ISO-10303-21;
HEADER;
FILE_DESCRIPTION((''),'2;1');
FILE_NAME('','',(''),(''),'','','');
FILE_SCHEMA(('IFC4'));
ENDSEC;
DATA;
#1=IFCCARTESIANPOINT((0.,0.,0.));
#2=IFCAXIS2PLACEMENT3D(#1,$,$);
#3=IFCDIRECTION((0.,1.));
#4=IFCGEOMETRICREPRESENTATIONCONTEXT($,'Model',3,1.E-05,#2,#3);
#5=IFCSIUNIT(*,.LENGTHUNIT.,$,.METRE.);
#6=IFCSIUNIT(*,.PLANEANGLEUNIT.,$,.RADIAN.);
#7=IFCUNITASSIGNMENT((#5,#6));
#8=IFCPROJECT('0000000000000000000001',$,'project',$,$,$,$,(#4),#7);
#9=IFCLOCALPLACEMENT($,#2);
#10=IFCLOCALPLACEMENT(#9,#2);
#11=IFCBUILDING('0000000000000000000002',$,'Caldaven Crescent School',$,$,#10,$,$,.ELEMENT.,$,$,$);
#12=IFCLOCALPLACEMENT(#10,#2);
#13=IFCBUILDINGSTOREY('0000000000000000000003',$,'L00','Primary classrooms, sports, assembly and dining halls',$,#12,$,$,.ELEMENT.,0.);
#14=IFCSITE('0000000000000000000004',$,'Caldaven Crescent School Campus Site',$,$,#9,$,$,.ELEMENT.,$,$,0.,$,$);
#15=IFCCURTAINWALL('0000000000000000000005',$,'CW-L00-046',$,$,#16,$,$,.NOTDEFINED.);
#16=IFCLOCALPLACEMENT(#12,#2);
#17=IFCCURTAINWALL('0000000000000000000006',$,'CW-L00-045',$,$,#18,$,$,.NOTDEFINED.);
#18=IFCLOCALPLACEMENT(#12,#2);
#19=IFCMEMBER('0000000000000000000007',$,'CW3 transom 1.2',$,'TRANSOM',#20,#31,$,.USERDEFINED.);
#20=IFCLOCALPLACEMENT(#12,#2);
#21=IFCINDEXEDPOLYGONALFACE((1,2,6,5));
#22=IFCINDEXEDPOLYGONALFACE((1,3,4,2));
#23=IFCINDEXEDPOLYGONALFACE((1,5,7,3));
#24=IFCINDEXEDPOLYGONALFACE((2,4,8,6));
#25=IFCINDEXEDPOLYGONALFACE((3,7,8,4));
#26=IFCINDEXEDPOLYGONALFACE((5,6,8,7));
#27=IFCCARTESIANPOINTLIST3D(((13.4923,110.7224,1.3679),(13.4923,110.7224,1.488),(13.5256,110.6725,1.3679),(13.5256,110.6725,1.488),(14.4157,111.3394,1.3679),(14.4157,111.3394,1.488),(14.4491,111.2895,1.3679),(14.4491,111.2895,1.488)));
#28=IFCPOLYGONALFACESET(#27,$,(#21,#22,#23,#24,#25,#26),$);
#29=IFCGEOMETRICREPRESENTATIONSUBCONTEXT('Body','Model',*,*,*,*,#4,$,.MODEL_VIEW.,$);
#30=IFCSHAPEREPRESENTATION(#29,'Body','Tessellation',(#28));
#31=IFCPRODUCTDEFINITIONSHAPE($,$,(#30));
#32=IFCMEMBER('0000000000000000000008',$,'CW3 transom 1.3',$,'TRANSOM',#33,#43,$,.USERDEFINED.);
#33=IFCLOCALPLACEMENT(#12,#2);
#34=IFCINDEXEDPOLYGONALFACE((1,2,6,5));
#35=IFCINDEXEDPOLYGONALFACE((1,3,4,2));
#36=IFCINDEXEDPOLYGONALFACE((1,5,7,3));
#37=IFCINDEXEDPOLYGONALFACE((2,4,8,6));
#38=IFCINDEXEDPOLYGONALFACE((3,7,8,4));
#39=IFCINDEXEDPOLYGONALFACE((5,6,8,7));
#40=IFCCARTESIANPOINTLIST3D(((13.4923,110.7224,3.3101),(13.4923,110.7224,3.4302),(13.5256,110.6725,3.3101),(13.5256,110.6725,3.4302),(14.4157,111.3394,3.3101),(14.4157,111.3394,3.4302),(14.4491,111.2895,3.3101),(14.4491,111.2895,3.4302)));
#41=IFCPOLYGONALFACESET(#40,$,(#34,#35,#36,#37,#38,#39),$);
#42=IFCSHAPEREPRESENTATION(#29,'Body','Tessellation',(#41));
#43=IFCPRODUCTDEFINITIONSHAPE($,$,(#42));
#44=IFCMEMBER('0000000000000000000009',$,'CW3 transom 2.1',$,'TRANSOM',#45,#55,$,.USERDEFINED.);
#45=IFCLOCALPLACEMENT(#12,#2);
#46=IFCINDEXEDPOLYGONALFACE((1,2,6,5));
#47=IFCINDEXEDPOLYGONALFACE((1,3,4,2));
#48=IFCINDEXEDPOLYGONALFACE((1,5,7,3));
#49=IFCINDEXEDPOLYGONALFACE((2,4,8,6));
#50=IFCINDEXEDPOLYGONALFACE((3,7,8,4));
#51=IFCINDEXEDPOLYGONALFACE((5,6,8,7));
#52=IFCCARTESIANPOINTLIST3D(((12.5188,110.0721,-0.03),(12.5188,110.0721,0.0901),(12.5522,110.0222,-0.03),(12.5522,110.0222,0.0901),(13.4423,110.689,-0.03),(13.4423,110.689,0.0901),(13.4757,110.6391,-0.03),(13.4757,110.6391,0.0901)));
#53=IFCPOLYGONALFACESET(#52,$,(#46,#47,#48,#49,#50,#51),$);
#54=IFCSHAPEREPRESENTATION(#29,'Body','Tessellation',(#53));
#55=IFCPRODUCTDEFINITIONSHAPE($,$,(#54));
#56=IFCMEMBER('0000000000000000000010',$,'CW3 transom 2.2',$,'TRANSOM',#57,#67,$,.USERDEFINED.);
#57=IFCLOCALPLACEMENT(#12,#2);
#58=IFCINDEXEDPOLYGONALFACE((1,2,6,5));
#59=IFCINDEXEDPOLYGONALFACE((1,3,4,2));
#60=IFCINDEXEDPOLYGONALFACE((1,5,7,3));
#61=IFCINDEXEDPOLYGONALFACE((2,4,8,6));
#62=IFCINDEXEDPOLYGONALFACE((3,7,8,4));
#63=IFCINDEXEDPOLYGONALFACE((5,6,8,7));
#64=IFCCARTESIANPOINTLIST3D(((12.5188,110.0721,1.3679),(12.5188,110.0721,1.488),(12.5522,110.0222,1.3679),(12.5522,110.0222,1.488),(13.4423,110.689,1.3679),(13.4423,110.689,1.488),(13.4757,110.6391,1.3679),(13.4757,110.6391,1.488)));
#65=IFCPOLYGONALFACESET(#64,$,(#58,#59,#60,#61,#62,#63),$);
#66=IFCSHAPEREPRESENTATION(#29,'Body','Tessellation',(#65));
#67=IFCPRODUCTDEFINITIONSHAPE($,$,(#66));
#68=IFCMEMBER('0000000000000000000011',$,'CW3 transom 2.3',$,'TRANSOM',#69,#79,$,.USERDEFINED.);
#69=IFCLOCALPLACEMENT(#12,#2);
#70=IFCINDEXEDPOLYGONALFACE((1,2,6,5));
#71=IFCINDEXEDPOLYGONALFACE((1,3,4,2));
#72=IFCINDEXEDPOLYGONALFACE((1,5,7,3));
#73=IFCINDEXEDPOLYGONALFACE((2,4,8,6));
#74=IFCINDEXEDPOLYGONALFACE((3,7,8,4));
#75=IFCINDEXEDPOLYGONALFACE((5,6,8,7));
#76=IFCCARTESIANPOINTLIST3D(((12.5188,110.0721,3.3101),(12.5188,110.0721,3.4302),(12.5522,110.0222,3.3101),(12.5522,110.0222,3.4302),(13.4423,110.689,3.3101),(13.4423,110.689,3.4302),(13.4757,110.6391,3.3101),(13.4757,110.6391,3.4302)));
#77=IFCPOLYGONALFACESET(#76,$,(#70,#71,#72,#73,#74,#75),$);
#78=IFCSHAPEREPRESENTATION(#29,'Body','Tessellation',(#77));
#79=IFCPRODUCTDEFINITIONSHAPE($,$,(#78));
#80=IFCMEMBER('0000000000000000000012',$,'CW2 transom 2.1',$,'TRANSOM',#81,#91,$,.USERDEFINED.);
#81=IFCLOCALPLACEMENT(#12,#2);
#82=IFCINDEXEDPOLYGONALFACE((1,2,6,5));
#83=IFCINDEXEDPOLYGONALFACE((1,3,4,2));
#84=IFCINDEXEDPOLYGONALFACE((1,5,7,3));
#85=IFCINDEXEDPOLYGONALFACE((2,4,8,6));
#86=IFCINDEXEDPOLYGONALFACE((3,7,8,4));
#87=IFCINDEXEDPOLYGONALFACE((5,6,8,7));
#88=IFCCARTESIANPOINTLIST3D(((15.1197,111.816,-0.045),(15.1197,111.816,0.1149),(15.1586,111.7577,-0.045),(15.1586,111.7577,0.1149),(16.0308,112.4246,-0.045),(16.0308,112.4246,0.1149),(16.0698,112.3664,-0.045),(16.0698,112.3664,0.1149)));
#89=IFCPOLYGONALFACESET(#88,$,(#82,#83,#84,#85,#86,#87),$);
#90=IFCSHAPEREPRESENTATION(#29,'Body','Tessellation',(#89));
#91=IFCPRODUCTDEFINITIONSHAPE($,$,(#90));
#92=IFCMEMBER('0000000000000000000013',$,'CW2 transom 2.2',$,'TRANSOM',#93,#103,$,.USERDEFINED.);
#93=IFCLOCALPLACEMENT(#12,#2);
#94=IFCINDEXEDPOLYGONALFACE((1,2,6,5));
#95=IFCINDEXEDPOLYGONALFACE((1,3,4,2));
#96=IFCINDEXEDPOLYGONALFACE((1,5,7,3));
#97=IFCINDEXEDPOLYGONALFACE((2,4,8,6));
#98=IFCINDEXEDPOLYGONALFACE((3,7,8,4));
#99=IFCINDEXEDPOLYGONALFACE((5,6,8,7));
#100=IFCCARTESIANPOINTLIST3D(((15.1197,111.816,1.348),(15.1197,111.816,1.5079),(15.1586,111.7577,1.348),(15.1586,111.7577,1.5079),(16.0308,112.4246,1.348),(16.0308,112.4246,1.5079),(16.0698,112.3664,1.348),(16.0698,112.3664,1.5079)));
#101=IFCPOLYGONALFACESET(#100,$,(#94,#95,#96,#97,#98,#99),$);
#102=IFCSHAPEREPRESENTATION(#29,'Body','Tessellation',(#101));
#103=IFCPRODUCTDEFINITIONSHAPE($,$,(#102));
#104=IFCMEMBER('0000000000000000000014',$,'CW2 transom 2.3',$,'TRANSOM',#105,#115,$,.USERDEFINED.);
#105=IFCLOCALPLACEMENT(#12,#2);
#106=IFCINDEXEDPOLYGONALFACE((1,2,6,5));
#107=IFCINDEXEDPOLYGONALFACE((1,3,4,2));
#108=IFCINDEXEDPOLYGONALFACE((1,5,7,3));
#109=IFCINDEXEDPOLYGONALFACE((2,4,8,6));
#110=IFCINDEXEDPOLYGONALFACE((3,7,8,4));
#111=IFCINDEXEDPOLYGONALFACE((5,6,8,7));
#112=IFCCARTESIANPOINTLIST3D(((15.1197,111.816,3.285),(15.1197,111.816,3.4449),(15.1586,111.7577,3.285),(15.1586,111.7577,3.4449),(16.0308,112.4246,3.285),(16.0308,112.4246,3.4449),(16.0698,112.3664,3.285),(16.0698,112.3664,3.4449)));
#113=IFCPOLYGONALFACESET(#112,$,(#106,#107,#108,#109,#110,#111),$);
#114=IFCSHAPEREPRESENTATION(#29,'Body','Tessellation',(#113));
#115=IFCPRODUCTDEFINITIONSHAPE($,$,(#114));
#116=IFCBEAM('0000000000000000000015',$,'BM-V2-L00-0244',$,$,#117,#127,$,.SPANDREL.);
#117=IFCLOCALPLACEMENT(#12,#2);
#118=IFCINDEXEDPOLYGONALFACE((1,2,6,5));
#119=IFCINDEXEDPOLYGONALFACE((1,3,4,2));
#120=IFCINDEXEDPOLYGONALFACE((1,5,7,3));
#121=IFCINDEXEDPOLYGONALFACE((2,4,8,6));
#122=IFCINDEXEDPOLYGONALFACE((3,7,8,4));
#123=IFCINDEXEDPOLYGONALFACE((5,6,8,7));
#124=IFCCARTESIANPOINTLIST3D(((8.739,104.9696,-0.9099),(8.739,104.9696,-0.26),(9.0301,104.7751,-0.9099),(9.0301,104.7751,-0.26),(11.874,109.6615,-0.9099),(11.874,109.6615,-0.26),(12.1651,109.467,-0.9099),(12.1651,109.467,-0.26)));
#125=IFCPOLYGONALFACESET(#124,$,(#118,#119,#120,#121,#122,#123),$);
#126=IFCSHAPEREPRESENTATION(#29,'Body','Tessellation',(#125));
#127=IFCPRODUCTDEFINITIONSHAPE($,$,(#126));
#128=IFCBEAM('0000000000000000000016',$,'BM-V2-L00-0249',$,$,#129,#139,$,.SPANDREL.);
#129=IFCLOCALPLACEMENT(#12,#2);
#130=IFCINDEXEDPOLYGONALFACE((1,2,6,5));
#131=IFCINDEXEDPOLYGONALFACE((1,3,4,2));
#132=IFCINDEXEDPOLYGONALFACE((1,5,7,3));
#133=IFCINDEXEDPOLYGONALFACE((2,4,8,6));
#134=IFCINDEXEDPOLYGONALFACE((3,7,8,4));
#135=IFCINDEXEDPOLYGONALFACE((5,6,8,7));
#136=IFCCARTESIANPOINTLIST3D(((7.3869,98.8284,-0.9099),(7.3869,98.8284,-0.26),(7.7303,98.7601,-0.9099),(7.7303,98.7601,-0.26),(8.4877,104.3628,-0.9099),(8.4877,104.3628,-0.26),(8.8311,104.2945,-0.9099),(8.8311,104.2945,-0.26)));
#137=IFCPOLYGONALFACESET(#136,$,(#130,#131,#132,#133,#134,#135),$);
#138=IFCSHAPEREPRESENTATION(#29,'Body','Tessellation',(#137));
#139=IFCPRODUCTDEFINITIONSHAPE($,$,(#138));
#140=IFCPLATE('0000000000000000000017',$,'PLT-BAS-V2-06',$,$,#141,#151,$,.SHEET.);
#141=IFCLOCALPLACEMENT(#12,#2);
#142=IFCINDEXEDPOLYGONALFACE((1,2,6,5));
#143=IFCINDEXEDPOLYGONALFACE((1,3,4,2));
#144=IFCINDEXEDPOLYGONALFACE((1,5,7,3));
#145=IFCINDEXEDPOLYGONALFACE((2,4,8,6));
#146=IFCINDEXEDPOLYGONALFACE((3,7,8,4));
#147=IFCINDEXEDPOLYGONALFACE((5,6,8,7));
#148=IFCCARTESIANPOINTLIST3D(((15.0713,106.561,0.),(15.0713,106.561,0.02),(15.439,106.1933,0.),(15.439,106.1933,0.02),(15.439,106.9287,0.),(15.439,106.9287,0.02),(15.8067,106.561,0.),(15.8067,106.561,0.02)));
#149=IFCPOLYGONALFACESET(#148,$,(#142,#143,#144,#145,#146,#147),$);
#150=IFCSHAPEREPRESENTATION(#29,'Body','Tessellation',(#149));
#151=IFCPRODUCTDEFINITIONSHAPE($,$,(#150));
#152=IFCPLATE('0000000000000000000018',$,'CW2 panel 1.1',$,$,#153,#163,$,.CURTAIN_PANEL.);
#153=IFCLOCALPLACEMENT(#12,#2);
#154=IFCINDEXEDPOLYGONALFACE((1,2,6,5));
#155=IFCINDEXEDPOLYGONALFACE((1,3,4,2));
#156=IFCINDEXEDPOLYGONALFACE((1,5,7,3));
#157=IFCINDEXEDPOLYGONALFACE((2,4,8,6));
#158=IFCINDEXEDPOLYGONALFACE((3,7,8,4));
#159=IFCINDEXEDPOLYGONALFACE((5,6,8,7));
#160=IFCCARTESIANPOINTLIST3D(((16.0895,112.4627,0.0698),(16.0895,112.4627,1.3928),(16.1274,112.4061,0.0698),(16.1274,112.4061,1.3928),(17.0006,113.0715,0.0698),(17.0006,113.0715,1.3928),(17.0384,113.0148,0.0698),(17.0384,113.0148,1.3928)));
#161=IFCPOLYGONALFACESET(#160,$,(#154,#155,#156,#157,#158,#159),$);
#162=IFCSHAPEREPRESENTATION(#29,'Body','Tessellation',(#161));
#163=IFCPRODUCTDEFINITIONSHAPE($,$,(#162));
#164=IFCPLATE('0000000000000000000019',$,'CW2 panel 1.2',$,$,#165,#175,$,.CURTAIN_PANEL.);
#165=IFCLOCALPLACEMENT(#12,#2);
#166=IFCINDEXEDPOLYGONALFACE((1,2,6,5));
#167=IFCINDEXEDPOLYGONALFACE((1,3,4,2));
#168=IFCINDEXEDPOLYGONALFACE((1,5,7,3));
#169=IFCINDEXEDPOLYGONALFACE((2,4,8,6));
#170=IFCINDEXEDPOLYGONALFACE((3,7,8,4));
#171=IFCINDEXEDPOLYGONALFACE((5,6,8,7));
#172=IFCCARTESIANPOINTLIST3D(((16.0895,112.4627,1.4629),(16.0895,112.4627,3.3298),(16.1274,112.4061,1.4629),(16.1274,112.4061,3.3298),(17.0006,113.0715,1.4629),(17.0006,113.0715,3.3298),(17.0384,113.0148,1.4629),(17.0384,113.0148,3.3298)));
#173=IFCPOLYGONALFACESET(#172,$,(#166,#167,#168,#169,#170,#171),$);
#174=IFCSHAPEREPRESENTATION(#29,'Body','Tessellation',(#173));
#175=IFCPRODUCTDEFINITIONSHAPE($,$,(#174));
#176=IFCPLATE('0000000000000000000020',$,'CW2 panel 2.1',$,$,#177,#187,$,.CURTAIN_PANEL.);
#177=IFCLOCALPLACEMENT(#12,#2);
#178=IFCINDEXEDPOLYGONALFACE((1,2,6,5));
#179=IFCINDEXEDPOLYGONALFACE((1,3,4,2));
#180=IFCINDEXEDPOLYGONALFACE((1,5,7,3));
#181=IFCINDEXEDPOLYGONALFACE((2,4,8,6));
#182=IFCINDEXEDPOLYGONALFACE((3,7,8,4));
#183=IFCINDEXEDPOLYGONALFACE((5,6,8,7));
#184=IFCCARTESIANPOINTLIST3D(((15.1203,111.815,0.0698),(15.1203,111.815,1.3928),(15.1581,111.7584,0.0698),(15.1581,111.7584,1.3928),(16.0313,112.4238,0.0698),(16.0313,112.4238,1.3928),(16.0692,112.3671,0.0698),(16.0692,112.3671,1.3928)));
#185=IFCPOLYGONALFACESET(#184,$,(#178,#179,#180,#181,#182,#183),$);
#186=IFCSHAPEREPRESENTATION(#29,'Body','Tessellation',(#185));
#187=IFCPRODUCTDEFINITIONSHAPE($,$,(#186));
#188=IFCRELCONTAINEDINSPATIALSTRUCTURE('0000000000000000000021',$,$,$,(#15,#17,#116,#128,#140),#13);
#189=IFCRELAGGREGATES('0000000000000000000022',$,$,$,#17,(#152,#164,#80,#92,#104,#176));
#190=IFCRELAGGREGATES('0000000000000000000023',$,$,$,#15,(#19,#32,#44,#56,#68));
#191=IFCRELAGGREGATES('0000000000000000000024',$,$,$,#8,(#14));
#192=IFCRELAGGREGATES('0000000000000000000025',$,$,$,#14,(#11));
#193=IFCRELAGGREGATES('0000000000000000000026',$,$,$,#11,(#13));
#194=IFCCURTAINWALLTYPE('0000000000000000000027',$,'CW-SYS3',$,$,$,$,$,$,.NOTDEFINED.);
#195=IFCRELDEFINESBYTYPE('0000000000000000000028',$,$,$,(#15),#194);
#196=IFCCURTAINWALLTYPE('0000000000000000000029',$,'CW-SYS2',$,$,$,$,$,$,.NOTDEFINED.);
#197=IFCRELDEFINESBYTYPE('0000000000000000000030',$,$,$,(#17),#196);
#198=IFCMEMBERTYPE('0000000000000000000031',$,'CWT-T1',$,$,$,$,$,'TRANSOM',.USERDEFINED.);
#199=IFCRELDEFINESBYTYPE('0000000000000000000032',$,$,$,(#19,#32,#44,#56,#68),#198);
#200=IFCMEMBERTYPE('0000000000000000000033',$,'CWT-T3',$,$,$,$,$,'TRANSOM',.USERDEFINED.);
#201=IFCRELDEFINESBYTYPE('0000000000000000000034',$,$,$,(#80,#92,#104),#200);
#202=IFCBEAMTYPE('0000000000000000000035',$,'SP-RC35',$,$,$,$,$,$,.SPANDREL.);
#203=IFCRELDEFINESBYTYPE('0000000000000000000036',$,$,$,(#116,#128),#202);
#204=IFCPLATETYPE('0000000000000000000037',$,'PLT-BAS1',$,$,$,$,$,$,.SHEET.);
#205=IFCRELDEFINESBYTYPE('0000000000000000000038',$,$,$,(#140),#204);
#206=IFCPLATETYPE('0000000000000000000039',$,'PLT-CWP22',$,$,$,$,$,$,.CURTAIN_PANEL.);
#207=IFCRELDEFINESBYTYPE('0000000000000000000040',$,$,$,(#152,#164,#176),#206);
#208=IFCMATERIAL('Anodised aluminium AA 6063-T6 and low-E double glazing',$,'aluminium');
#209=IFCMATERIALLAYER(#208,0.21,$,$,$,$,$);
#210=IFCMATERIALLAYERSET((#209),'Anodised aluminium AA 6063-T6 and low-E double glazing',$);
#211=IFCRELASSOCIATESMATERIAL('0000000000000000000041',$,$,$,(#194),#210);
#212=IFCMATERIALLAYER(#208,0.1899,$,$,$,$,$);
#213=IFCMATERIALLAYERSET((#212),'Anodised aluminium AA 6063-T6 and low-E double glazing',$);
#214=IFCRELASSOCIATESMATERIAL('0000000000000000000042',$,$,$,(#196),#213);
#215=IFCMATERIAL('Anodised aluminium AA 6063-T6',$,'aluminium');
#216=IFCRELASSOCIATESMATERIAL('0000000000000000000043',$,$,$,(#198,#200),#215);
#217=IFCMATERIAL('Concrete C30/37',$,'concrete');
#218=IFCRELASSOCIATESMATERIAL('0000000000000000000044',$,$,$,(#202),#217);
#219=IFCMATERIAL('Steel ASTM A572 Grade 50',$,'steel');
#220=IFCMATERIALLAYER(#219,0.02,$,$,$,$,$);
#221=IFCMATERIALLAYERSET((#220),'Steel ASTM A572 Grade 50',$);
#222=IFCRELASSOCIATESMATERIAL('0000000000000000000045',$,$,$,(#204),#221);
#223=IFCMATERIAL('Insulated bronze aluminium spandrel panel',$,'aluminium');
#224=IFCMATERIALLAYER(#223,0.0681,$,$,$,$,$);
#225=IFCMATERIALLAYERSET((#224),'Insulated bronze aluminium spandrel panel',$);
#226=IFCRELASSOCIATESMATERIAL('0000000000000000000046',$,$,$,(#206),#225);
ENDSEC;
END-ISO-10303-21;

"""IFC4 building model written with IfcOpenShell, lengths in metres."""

from ifc_helpers import new_model, si_unit, direction, frame, origin, origin_2d, place, context, subcontext, project, spatial, rectangle, extrude, material, layer, layer_set, material_profile, profile_set, type_object, element, aggregate, save


model = new_model("IFC4")

# Units and contexts
model_context = context("Model", 3, precision=1e-05, world=origin(), true_north=direction((0.0, 1.0)))
body_context = subcontext(model_context, "Body", "Model", "MODEL_VIEW")
ifc_project = project(units=[si_unit("LENGTHUNIT", "METRE"), si_unit("PLANEANGLEUNIT", "RADIAN")], contexts=[model_context])

# Site, building, storey
site_placement = place(None, origin())
site = spatial("IfcSite", under=ifc_project, at=site_placement, Name="Caldaven Crescent School Campus Site", CompositionType="ELEMENT", RefElevation=0.0)
building_placement = place(site_placement, origin())
building = spatial("IfcBuilding", under=site, at=building_placement, Name="Caldaven Crescent School", CompositionType="ELEMENT")
storey_placement = place(building_placement, origin())
storey = spatial("IfcBuildingStorey", under=building, at=storey_placement, Name="L00", Description="Primary classrooms, sports, assembly and dining halls", CompositionType="ELEMENT", Elevation=0.0)

# Shared definitions
ifc_material_1 = material(Name="Concrete C30/37", Category="concrete")

# Curtain walls
ifc_material_2 = material(Name="Anodised aluminium AA 6063-T6 and low-E double glazing", Category="aluminium")
ifc_layer_1 = layer(ifc_material_2, 0.21)
ifc_layer_set_1 = layer_set([ifc_layer_1], Name="Anodised aluminium AA 6063-T6 and low-E double glazing")
curtain_wall_type_1 = type_object("IfcCurtainWallType", Name="CW-SYS3", PredefinedType="NOTDEFINED", material=ifc_layer_set_1)
curtain_wall_1_placement = place(storey_placement, origin())
curtain_wall_1 = element("IfcCurtainWall", 1, at=curtain_wall_1_placement, inside=storey, type_object=curtain_wall_type_1, Name="CW-L00-046", PredefinedType="NOTDEFINED")
ifc_material_3 = material(Name="Anodised aluminium AA 6063-T6", Category="aluminium")
ifc_layer_2 = layer(ifc_material_2, 0.1899)
ifc_layer_set_2 = layer_set([ifc_layer_2], Name="Anodised aluminium AA 6063-T6 and low-E double glazing")
curtain_wall_type_2 = type_object("IfcCurtainWallType", Name="CW-SYS2", PredefinedType="NOTDEFINED", material=ifc_layer_set_2)
curtain_wall_2_placement = place(storey_placement, origin())
curtain_wall_2 = element("IfcCurtainWall", 2, at=curtain_wall_2_placement, inside=storey, type_object=curtain_wall_type_2, Name="CW-L00-045", PredefinedType="NOTDEFINED")

# Members
ifc_material_profile_1 = material_profile(ifc_material_3, rectangle(XDim=0.0601, YDim=0.1201, at=origin_2d()), Name="CWT 60x120")
ifc_profile_set_1 = profile_set([ifc_material_profile_1], Name="Anodised aluminium AA 6063-T6")
member_type_1 = type_object("IfcMemberType", Name="CWT-T1", ElementType="TRANSOM", PredefinedType="USERDEFINED", material=ifc_profile_set_1)
member_1_placement = place(storey_placement, frame((14.4324, 111.3145, 1.428), z_axis=(-0.831475, -0.555562, 0.0), x_axis=(0.555562, -0.831475, 0.0)))
member_1 = element("IfcMember", 3, at=member_1_placement, type_object=member_type_1, Name="CW3 transom 1.2", ObjectType="TRANSOM", PredefinedType="USERDEFINED", context=body_context, shape_type="SweptSolid", body=[
    extrude(rectangle(XDim=0.0601, YDim=0.1201, at=origin_2d()), origin(), (0.0, 0.0, 1.0), 1.1106),
])
member_2_placement = place(storey_placement, frame((14.4324, 111.3145, 3.3701), z_axis=(-0.831475, -0.555562, 0.0), x_axis=(0.555562, -0.831475, 0.0)))
member_2 = element("IfcMember", 4, at=member_2_placement, type_object=member_type_1, Name="CW3 transom 1.3", ObjectType="TRANSOM", PredefinedType="USERDEFINED", context=body_context, shape_type="SweptSolid", body=[
    extrude(rectangle(XDim=0.0601, YDim=0.1201, at=origin_2d()), origin(), (0.0, 0.0, 1.0), 1.1106),
])
member_3_placement = place(storey_placement, frame((13.459, 110.6641, 0.03), z_axis=(-0.831543, -0.555461, 0.0), x_axis=(0.555461, -0.831543, 0.0)))
member_3 = element("IfcMember", 5, at=member_3_placement, type_object=member_type_1, Name="CW3 transom 2.1", ObjectType="TRANSOM", PredefinedType="USERDEFINED", context=body_context, shape_type="SweptSolid", body=[
    extrude(rectangle(XDim=0.0601, YDim=0.1201, at=origin_2d()), origin(), (0.0, 0.0, 1.0), 1.1106),
])
member_4_placement = place(storey_placement, frame((13.459, 110.6641, 1.428), z_axis=(-0.831543, -0.555461, 0.0), x_axis=(0.555461, -0.831543, 0.0)))
member_4 = element("IfcMember", 6, at=member_4_placement, type_object=member_type_1, Name="CW3 transom 2.2", ObjectType="TRANSOM", PredefinedType="USERDEFINED", context=body_context, shape_type="SweptSolid", body=[
    extrude(rectangle(XDim=0.0601, YDim=0.1201, at=origin_2d()), origin(), (0.0, 0.0, 1.0), 1.1106),
])
member_5_placement = place(storey_placement, frame((13.459, 110.6641, 3.3701), z_axis=(-0.831543, -0.555461, 0.0), x_axis=(0.555461, -0.831543, 0.0)))
member_5 = element("IfcMember", 7, at=member_5_placement, type_object=member_type_1, Name="CW3 transom 2.3", ObjectType="TRANSOM", PredefinedType="USERDEFINED", context=body_context, shape_type="SweptSolid", body=[
    extrude(rectangle(XDim=0.0601, YDim=0.1201, at=origin_2d()), origin(), (0.0, 0.0, 1.0), 1.1106),
])
ifc_material_profile_2 = material_profile(ifc_material_3, rectangle(XDim=0.0701, YDim=0.1599, at=origin_2d()), Name="CWT 70x160")
ifc_profile_set_2 = profile_set([ifc_material_profile_2], Name="Anodised aluminium AA 6063-T6")
member_type_2 = type_object("IfcMemberType", Name="CWT-T3", ElementType="TRANSOM", PredefinedType="USERDEFINED", material=ifc_profile_set_2)
member_6_placement = place(storey_placement, frame((16.0503, 112.3955, 0.0349), z_axis=(-0.831536, -0.555471, 0.0), x_axis=(0.555471, -0.831536, 0.0)))
member_6 = element("IfcMember", 8, at=member_6_placement, type_object=member_type_2, Name="CW2 transom 2.1", ObjectType="TRANSOM", PredefinedType="USERDEFINED", context=body_context, shape_type="SweptSolid", body=[
    extrude(rectangle(XDim=0.0701, YDim=0.1599, at=origin_2d()), origin(), (0.0, 0.0, 1.0), 1.0957),
])
member_7_placement = place(storey_placement, frame((16.0503, 112.3955, 1.428), z_axis=(-0.831536, -0.555471, 0.0), x_axis=(0.555471, -0.831536, 0.0)))
member_7 = element("IfcMember", 9, at=member_7_placement, type_object=member_type_2, Name="CW2 transom 2.2", ObjectType="TRANSOM", PredefinedType="USERDEFINED", context=body_context, shape_type="SweptSolid", body=[
    extrude(rectangle(XDim=0.0701, YDim=0.1599, at=origin_2d()), origin(), (0.0, 0.0, 1.0), 1.0957),
])
member_8_placement = place(storey_placement, frame((16.0503, 112.3955, 3.365), z_axis=(-0.831536, -0.555471, 0.0), x_axis=(0.555471, -0.831536, 0.0)))
member_8 = element("IfcMember", 10, at=member_8_placement, type_object=member_type_2, Name="CW2 transom 2.3", ObjectType="TRANSOM", PredefinedType="USERDEFINED", context=body_context, shape_type="SweptSolid", body=[
    extrude(rectangle(XDim=0.0701, YDim=0.1599, at=origin_2d()), origin(), (0.0, 0.0, 1.0), 1.0957),
])

# Beams
ifc_material_profile_3 = material_profile(ifc_material_1, rectangle(XDim=0.3501, YDim=0.6499, at=origin_2d()), Name="RC 350x650")
ifc_profile_set_3 = profile_set([ifc_material_profile_3], Name="Concrete C30/37")
beam_type_1 = type_object("IfcBeamType", Name="SP-RC35", PredefinedType="SPANDREL", material=ifc_profile_set_3)
for number, where, z_axis, x_axis, name in (
    (11, (12.0195, 109.5642, -0.585), (-0.555569, -0.831471, 0.0), (0.831471, -0.555569, 0.0), "BM-V2-L00-0244"),
    (12, (8.6594, 104.3286, -0.585), (-0.195084, -0.980786, 0.0), (0.980786, -0.195084, 0.0), "BM-V2-L00-0249"),
):
    element("IfcBeam", number, at=place(storey_placement, frame(where, z_axis=z_axis, x_axis=x_axis)), inside=storey, type_object=beam_type_1, Name=name, PredefinedType="SPANDREL", context=body_context, shape_type="SweptSolid", body=[
        extrude(rectangle(XDim=0.3501, YDim=0.6499, at=origin_2d()), origin(), (0.0, 0.0, 1.0), 5.6428),
    ])

# Plates
ifc_material_4 = material(Name="Steel ASTM A572 Grade 50", Category="steel")
ifc_layer_3 = layer(ifc_material_4, 0.02)
ifc_layer_set_3 = layer_set([ifc_layer_3], Name="Steel ASTM A572 Grade 50")
plate_type_1 = type_object("IfcPlateType", Name="PLT-BAS1", PredefinedType="SHEET", material=ifc_layer_set_3)
plate_1_placement = place(storey_placement, frame((15.439, 106.561, 0.0), z_axis=(0.0, 0.0, 1.0), x_axis=(-0.707107, 0.707107, 0.0)))
element("IfcPlate", 13, at=plate_1_placement, inside=storey, type_object=plate_type_1, Name="PLT-BAS-V2-06", PredefinedType="SHEET", context=body_context, shape_type="SweptSolid", body=[
    extrude(rectangle(XDim=0.52, YDim=0.52, at=origin_2d()), origin(), (0.0, 0.0, 1.0), 0.02),
])
ifc_material_5 = material(Name="Insulated bronze aluminium spandrel panel", Category="aluminium")
ifc_layer_4 = layer(ifc_material_5, 0.0681)
ifc_layer_set_4 = layer_set([ifc_layer_4], Name="Insulated bronze aluminium spandrel panel")
plate_type_2 = type_object("IfcPlateType", Name="PLT-CWP22", PredefinedType="CURTAIN_PANEL", material=ifc_layer_set_4)
plate_2_placement = place(storey_placement, frame((16.564, 112.7388, 0.0698), z_axis=(0.0, 0.0, 1.0), x_axis=(-0.83147, -0.55557, 0.0)))
plate_2 = element("IfcPlate", 14, at=plate_2_placement, type_object=plate_type_2, Name="CW2 panel 1.1", PredefinedType="CURTAIN_PANEL", context=body_context, shape_type="SweptSolid", body=[
    extrude(rectangle(XDim=1.0957, YDim=0.0681, at=origin_2d()), origin(), (0.0, 0.0, 1.0), 1.323),
])
plate_3_placement = place(storey_placement, frame((16.564, 112.7388, 1.4629), z_axis=(0.0, 0.0, 1.0), x_axis=(-0.83147, -0.55557, 0.0)))
plate_3 = element("IfcPlate", 15, at=plate_3_placement, type_object=plate_type_2, Name="CW2 panel 1.2", PredefinedType="CURTAIN_PANEL", context=body_context, shape_type="SweptSolid", body=[
    extrude(rectangle(XDim=1.0957, YDim=0.0681, at=origin_2d()), origin(), (0.0, 0.0, 1.0), 1.8669),
])
plate_4_placement = place(storey_placement, frame((15.5947, 112.0911, 0.0698), z_axis=(0.0, 0.0, 1.0), x_axis=(-0.83147, -0.55557, 0.0)))
plate_4 = element("IfcPlate", 16, at=plate_4_placement, type_object=plate_type_2, Name="CW2 panel 2.1", PredefinedType="CURTAIN_PANEL", context=body_context, shape_type="SweptSolid", body=[
    extrude(rectangle(XDim=1.0957, YDim=0.0681, at=origin_2d()), origin(), (0.0, 0.0, 1.0), 1.323),
])
aggregate(curtain_wall_2, [plate_2, plate_3, member_6, member_7, member_8, plate_4])
aggregate(curtain_wall_1, [member_1, member_2, member_3, member_4, member_5])

save(model, "model.ifc")
